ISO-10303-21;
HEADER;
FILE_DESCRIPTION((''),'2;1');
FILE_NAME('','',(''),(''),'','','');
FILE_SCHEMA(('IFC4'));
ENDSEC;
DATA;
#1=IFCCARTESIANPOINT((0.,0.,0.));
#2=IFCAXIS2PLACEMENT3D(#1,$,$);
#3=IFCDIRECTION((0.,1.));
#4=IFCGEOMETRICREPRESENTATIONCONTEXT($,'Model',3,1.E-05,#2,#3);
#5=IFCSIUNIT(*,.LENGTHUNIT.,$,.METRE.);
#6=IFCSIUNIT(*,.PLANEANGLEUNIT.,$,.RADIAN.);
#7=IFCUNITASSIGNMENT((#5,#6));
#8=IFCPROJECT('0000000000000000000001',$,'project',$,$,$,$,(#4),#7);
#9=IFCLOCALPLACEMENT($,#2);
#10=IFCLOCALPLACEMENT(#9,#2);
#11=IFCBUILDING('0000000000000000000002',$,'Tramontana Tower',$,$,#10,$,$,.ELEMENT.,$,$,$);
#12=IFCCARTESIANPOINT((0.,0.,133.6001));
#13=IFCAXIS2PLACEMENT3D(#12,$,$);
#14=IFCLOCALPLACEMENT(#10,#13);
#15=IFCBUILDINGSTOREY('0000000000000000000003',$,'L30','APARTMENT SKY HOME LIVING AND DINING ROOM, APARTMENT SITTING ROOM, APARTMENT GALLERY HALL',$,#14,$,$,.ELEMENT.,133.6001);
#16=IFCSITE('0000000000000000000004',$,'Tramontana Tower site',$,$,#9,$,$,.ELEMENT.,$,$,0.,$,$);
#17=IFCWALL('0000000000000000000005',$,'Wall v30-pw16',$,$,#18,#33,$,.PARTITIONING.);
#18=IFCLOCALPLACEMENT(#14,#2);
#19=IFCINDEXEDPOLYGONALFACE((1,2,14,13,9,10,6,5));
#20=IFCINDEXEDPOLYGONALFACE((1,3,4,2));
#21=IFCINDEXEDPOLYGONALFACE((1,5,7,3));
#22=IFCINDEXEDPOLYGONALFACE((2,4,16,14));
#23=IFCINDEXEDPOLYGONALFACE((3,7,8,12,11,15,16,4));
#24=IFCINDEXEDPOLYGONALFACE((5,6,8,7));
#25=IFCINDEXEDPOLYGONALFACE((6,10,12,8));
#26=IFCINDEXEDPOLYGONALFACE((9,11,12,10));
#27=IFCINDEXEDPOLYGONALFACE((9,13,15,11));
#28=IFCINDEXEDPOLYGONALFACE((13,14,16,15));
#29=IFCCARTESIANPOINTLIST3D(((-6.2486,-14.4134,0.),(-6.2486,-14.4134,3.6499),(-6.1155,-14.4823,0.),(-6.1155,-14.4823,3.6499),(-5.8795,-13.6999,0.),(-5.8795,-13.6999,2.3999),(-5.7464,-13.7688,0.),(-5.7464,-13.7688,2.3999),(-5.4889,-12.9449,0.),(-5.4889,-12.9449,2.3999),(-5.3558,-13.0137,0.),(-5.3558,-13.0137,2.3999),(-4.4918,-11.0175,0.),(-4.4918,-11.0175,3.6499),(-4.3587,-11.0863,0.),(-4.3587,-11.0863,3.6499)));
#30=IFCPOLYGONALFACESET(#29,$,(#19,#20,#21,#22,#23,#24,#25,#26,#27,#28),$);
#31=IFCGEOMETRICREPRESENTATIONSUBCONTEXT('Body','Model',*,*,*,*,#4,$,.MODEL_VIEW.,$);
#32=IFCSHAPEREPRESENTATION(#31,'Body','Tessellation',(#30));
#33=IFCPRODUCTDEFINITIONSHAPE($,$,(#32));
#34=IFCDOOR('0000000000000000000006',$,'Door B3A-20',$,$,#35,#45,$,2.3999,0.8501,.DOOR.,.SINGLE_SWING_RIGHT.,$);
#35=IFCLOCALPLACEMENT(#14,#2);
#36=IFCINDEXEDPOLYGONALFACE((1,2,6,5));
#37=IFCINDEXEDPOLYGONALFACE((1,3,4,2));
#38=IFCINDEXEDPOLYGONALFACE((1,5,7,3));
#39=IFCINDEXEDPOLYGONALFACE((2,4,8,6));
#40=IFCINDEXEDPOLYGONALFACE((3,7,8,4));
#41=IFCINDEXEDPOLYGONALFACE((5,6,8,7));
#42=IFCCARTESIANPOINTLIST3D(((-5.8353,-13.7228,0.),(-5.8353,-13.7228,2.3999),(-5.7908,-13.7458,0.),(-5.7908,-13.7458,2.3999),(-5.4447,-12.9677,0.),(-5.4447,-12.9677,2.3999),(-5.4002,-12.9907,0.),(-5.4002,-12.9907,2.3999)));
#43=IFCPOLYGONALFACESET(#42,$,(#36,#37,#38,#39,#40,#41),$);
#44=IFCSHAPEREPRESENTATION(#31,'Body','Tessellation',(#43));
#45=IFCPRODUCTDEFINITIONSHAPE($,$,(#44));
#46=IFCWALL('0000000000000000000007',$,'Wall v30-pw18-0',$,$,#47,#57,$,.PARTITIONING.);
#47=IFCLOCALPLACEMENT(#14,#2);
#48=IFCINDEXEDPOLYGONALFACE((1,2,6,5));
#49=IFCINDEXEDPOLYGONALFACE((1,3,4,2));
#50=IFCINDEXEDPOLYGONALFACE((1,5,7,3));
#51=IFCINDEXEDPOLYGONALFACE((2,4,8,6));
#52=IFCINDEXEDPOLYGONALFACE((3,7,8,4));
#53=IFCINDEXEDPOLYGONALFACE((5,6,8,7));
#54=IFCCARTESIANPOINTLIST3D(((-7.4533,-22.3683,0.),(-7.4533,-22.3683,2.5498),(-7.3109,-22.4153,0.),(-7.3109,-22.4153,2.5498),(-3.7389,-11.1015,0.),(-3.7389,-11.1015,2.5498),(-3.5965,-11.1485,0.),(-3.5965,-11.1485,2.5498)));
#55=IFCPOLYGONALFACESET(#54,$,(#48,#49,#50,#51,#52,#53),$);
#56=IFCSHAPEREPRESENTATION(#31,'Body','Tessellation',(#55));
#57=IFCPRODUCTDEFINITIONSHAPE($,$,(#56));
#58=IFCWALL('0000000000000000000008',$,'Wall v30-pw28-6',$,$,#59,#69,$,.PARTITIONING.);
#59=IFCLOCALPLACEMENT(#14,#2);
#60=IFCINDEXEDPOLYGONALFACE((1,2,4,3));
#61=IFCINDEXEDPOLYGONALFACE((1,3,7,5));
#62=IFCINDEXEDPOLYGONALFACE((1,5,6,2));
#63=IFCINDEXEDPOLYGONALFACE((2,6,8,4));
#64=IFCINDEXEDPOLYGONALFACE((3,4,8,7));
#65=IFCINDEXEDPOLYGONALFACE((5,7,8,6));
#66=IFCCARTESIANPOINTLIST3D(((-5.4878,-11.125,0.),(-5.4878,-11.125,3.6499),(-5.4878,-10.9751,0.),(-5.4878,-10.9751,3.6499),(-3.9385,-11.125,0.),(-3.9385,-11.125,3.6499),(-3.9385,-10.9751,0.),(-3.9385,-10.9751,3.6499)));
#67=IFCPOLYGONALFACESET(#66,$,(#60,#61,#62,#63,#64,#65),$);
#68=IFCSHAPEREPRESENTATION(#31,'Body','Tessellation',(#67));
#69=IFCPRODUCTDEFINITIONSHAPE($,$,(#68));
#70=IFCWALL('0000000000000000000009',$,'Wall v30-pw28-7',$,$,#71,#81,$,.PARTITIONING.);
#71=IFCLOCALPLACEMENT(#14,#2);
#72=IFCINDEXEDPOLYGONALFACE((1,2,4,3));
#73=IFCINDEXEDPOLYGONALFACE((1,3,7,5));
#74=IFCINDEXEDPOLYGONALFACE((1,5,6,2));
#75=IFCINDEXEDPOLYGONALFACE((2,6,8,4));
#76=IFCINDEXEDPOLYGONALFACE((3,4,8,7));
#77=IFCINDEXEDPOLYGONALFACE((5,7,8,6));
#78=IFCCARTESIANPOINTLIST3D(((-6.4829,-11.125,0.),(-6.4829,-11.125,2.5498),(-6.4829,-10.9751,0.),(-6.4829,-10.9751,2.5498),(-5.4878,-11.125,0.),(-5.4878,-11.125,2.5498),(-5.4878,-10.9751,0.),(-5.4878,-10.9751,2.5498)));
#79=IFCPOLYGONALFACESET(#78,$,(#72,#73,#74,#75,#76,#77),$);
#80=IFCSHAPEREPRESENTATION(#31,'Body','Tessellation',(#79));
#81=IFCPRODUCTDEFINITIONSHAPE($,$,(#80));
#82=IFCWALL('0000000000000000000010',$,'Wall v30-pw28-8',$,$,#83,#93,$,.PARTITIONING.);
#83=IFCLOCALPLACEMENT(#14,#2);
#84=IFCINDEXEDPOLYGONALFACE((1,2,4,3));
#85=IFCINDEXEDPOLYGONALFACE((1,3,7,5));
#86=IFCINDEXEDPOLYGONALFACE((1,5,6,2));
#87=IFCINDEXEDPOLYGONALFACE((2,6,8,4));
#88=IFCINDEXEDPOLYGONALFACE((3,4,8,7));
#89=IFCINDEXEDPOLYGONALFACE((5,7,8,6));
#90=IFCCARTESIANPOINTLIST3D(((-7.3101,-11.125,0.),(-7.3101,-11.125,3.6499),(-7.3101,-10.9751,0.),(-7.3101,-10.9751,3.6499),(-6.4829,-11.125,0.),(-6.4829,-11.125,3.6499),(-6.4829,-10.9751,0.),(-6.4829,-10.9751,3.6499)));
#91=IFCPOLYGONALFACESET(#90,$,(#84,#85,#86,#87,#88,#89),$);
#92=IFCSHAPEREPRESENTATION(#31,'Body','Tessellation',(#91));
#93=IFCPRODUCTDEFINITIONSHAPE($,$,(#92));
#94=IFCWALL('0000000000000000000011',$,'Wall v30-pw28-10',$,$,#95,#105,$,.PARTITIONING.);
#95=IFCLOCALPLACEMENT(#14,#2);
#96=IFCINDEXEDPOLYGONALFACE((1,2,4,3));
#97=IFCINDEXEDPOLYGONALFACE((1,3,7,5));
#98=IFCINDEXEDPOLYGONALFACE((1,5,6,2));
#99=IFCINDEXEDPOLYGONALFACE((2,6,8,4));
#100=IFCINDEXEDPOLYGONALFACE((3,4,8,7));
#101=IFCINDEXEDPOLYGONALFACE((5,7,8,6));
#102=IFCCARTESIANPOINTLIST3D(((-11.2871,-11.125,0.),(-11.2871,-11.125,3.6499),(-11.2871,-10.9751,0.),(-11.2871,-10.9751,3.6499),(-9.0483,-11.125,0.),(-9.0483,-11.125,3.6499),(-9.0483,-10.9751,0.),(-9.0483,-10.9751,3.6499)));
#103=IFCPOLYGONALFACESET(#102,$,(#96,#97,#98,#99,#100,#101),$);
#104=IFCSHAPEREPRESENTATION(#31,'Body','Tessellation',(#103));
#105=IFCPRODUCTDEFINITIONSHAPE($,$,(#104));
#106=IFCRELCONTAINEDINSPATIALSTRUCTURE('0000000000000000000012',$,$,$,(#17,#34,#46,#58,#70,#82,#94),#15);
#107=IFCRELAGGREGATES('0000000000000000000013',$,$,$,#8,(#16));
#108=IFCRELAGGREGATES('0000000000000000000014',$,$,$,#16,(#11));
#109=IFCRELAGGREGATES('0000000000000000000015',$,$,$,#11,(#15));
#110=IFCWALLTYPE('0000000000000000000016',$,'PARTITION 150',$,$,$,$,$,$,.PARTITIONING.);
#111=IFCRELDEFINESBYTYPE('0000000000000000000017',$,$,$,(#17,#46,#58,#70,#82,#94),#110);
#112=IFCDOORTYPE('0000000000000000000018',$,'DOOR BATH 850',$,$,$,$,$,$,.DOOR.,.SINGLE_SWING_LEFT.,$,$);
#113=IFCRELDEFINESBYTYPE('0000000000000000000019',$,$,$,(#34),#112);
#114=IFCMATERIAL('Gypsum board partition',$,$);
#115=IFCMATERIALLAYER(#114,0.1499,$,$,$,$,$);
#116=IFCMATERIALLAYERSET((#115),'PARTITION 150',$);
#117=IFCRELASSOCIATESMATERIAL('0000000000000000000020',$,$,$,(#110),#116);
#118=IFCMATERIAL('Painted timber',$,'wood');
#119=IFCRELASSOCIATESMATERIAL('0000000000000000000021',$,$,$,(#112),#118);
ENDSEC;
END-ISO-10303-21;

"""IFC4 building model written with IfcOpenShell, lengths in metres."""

from ifc_helpers import new_model, si_unit, direction, frame, frame_2d, origin, place, context, subcontext, project, spatial, rectangle, extrude, material, layer, layer_set, type_object, element, fill, save


model = new_model("IFC4")

# Units and contexts
model_context = context("Model", 3, precision=1e-05, world=origin(), true_north=direction((0.0, 1.0)))
body_context = subcontext(model_context, "Body", "Model", "MODEL_VIEW")
ifc_project = project(units=[si_unit("LENGTHUNIT", "METRE"), si_unit("PLANEANGLEUNIT", "RADIAN")], contexts=[model_context])

# Site, building, storey
site_placement = place(None, origin())
site = spatial("IfcSite", under=ifc_project, at=site_placement, Name="Tramontana Tower site", CompositionType="ELEMENT", RefElevation=0.0)
building_placement = place(site_placement, origin())
building = spatial("IfcBuilding", under=site, at=building_placement, Name="Tramontana Tower", CompositionType="ELEMENT")
storey_placement = place(building_placement, frame((0.0, 0.0, 133.6001)))
storey = spatial("IfcBuildingStorey", under=building, at=storey_placement, Name="L30", Description="APARTMENT SKY HOME LIVING AND DINING ROOM, APARTMENT SITTING ROOM, APARTMENT GALLERY HALL", CompositionType="ELEMENT", Elevation=133.6001)

# Shared definitions
ifc_material_1 = material(Name="Gypsum board partition")
ifc_layer_1 = layer(ifc_material_1, 0.1499)
ifc_layer_set_1 = layer_set([ifc_layer_1], Name="PARTITION 150")
wall_type_1 = type_object("IfcWallType", Name="PARTITION 150", PredefinedType="PARTITIONING", material=ifc_layer_set_1)

# Wall, opening, door
wall_1_placement = place(storey_placement, frame((-4.4253, -11.052, 0.0), z_axis=(0.0, 0.0, 1.0), x_axis=(-0.459482, -0.888187, 0.0)))
wall_1 = element("IfcWall", 1, at=wall_1_placement, inside=storey, type_object=wall_type_1, Name="Wall v30-pw16", PredefinedType="PARTITIONING", context=body_context, shape_type="SweptSolid", body=[
    extrude(rectangle(XDim=3.8235, YDim=0.1499, at=frame_2d((1.9116, 0.0))), origin(), (0.0, 0.0, 1.0), 3.6499),
])
opening_1_placement = place(wall_1_placement, frame((2.1699, 0.0, 0.0)))
opening_1 = element("IfcOpeningElement", 2, at=opening_1_placement, cuts=wall_1, PredefinedType="OPENING", context=body_context, shape_type="SweptSolid", body=[
    extrude(rectangle(XDim=0.8501, YDim=2.3999, at=frame_2d((0.425, 1.2))), frame((0.0, 0.085, 0.0), z_axis=(0.0, -1.0, 0.0), x_axis=(1.0, 0.0, 0.0)), (0.0, 0.0, 1.0), 0.1699),
])
ifc_material_2 = material(Name="Painted timber", Category="wood")
door_type_1 = type_object("IfcDoorType", Name="DOOR BATH 850", OperationType="SINGLE_SWING_LEFT", PredefinedType="DOOR", material=ifc_material_2)
door_1_placement = place(opening_1_placement, origin())
door_1 = element("IfcDoor", 3, at=door_1_placement, inside=storey, type_object=door_type_1, Name="Door B3A-20", OperationType="SINGLE_SWING_RIGHT", OverallHeight=2.3999, OverallWidth=0.8501, PredefinedType="DOOR", context=body_context, shape_type="SweptSolid", body=[
    extrude(rectangle(XDim=0.8501, YDim=2.3999, at=frame_2d((0.425, 1.2))), frame((0.0, 0.0249, 0.0), z_axis=(0.0, -1.0, 0.0), x_axis=(1.0, 0.0, 0.0)), (0.0, 0.0, 1.0), 0.05),
])
fill(opening_1, door_1)

# Walls
wall_2_placement = place(storey_placement, frame((-3.6677, -11.125, 0.0), z_axis=(0.0, 0.0, 1.0), x_axis=(-0.313096, -0.949722, 0.0)))
element("IfcWall", 4, at=wall_2_placement, inside=storey, type_object=wall_type_1, Name="Wall v30-pw18-0", PredefinedType="PARTITIONING", context=body_context, shape_type="SweptSolid", body=[
    extrude(rectangle(XDim=11.8633, YDim=0.1499, at=frame_2d((5.9316, 0.0))), origin(), (0.0, 0.0, 1.0), 2.5498),
])
wall_3_placement = place(storey_placement, frame((-3.9385, -11.05, 0.0), z_axis=(0.0, 0.0, 1.0), x_axis=(-1.0, 0.0, 0.0)))
element("IfcWall", 5, at=wall_3_placement, inside=storey, type_object=wall_type_1, Name="Wall v30-pw28-6", PredefinedType="PARTITIONING", context=body_context, shape_type="SweptSolid", body=[
    extrude(rectangle(XDim=1.5493, YDim=0.1499, at=frame_2d((0.7747, 0.0))), origin(), (0.0, 0.0, 1.0), 3.6499),
])
wall_4_placement = place(storey_placement, frame((-5.4878, -11.05, 0.0), z_axis=(0.0, 0.0, 1.0), x_axis=(-1.0, 0.0, 0.0)))
element("IfcWall", 6, at=wall_4_placement, inside=storey, type_object=wall_type_1, Name="Wall v30-pw28-7", PredefinedType="PARTITIONING", context=body_context, shape_type="SweptSolid", body=[
    extrude(rectangle(XDim=0.9951, YDim=0.1499, at=frame_2d((0.4976, 0.0))), origin(), (0.0, 0.0, 1.0), 2.5498),
])
wall_5_placement = place(storey_placement, frame((-6.4829, -11.05, 0.0), z_axis=(0.0, 0.0, 1.0), x_axis=(-1.0, 0.0, 0.0)))
element("IfcWall", 7, at=wall_5_placement, inside=storey, type_object=wall_type_1, Name="Wall v30-pw28-8", PredefinedType="PARTITIONING", context=body_context, shape_type="SweptSolid", body=[
    extrude(rectangle(XDim=0.8271, YDim=0.1499, at=frame_2d((0.4136, 0.0))), origin(), (0.0, 0.0, 1.0), 3.6499),
])

# Wall
wall_6_placement = place(storey_placement, frame((-9.0483, -11.05, 0.0), z_axis=(0.0, 0.0, 1.0), x_axis=(-1.0, 0.0, 0.0)))
element("IfcWall", 8, at=wall_6_placement, inside=storey, type_object=wall_type_1, Name="Wall v30-pw28-10", PredefinedType="PARTITIONING", context=body_context, shape_type="SweptSolid", body=[
    extrude(rectangle(XDim=2.2388, YDim=0.1499, at=frame_2d((1.1194, 0.0))), origin(), (0.0, 0.0, 1.0), 3.6499),
])

save(model, "model.ifc")
